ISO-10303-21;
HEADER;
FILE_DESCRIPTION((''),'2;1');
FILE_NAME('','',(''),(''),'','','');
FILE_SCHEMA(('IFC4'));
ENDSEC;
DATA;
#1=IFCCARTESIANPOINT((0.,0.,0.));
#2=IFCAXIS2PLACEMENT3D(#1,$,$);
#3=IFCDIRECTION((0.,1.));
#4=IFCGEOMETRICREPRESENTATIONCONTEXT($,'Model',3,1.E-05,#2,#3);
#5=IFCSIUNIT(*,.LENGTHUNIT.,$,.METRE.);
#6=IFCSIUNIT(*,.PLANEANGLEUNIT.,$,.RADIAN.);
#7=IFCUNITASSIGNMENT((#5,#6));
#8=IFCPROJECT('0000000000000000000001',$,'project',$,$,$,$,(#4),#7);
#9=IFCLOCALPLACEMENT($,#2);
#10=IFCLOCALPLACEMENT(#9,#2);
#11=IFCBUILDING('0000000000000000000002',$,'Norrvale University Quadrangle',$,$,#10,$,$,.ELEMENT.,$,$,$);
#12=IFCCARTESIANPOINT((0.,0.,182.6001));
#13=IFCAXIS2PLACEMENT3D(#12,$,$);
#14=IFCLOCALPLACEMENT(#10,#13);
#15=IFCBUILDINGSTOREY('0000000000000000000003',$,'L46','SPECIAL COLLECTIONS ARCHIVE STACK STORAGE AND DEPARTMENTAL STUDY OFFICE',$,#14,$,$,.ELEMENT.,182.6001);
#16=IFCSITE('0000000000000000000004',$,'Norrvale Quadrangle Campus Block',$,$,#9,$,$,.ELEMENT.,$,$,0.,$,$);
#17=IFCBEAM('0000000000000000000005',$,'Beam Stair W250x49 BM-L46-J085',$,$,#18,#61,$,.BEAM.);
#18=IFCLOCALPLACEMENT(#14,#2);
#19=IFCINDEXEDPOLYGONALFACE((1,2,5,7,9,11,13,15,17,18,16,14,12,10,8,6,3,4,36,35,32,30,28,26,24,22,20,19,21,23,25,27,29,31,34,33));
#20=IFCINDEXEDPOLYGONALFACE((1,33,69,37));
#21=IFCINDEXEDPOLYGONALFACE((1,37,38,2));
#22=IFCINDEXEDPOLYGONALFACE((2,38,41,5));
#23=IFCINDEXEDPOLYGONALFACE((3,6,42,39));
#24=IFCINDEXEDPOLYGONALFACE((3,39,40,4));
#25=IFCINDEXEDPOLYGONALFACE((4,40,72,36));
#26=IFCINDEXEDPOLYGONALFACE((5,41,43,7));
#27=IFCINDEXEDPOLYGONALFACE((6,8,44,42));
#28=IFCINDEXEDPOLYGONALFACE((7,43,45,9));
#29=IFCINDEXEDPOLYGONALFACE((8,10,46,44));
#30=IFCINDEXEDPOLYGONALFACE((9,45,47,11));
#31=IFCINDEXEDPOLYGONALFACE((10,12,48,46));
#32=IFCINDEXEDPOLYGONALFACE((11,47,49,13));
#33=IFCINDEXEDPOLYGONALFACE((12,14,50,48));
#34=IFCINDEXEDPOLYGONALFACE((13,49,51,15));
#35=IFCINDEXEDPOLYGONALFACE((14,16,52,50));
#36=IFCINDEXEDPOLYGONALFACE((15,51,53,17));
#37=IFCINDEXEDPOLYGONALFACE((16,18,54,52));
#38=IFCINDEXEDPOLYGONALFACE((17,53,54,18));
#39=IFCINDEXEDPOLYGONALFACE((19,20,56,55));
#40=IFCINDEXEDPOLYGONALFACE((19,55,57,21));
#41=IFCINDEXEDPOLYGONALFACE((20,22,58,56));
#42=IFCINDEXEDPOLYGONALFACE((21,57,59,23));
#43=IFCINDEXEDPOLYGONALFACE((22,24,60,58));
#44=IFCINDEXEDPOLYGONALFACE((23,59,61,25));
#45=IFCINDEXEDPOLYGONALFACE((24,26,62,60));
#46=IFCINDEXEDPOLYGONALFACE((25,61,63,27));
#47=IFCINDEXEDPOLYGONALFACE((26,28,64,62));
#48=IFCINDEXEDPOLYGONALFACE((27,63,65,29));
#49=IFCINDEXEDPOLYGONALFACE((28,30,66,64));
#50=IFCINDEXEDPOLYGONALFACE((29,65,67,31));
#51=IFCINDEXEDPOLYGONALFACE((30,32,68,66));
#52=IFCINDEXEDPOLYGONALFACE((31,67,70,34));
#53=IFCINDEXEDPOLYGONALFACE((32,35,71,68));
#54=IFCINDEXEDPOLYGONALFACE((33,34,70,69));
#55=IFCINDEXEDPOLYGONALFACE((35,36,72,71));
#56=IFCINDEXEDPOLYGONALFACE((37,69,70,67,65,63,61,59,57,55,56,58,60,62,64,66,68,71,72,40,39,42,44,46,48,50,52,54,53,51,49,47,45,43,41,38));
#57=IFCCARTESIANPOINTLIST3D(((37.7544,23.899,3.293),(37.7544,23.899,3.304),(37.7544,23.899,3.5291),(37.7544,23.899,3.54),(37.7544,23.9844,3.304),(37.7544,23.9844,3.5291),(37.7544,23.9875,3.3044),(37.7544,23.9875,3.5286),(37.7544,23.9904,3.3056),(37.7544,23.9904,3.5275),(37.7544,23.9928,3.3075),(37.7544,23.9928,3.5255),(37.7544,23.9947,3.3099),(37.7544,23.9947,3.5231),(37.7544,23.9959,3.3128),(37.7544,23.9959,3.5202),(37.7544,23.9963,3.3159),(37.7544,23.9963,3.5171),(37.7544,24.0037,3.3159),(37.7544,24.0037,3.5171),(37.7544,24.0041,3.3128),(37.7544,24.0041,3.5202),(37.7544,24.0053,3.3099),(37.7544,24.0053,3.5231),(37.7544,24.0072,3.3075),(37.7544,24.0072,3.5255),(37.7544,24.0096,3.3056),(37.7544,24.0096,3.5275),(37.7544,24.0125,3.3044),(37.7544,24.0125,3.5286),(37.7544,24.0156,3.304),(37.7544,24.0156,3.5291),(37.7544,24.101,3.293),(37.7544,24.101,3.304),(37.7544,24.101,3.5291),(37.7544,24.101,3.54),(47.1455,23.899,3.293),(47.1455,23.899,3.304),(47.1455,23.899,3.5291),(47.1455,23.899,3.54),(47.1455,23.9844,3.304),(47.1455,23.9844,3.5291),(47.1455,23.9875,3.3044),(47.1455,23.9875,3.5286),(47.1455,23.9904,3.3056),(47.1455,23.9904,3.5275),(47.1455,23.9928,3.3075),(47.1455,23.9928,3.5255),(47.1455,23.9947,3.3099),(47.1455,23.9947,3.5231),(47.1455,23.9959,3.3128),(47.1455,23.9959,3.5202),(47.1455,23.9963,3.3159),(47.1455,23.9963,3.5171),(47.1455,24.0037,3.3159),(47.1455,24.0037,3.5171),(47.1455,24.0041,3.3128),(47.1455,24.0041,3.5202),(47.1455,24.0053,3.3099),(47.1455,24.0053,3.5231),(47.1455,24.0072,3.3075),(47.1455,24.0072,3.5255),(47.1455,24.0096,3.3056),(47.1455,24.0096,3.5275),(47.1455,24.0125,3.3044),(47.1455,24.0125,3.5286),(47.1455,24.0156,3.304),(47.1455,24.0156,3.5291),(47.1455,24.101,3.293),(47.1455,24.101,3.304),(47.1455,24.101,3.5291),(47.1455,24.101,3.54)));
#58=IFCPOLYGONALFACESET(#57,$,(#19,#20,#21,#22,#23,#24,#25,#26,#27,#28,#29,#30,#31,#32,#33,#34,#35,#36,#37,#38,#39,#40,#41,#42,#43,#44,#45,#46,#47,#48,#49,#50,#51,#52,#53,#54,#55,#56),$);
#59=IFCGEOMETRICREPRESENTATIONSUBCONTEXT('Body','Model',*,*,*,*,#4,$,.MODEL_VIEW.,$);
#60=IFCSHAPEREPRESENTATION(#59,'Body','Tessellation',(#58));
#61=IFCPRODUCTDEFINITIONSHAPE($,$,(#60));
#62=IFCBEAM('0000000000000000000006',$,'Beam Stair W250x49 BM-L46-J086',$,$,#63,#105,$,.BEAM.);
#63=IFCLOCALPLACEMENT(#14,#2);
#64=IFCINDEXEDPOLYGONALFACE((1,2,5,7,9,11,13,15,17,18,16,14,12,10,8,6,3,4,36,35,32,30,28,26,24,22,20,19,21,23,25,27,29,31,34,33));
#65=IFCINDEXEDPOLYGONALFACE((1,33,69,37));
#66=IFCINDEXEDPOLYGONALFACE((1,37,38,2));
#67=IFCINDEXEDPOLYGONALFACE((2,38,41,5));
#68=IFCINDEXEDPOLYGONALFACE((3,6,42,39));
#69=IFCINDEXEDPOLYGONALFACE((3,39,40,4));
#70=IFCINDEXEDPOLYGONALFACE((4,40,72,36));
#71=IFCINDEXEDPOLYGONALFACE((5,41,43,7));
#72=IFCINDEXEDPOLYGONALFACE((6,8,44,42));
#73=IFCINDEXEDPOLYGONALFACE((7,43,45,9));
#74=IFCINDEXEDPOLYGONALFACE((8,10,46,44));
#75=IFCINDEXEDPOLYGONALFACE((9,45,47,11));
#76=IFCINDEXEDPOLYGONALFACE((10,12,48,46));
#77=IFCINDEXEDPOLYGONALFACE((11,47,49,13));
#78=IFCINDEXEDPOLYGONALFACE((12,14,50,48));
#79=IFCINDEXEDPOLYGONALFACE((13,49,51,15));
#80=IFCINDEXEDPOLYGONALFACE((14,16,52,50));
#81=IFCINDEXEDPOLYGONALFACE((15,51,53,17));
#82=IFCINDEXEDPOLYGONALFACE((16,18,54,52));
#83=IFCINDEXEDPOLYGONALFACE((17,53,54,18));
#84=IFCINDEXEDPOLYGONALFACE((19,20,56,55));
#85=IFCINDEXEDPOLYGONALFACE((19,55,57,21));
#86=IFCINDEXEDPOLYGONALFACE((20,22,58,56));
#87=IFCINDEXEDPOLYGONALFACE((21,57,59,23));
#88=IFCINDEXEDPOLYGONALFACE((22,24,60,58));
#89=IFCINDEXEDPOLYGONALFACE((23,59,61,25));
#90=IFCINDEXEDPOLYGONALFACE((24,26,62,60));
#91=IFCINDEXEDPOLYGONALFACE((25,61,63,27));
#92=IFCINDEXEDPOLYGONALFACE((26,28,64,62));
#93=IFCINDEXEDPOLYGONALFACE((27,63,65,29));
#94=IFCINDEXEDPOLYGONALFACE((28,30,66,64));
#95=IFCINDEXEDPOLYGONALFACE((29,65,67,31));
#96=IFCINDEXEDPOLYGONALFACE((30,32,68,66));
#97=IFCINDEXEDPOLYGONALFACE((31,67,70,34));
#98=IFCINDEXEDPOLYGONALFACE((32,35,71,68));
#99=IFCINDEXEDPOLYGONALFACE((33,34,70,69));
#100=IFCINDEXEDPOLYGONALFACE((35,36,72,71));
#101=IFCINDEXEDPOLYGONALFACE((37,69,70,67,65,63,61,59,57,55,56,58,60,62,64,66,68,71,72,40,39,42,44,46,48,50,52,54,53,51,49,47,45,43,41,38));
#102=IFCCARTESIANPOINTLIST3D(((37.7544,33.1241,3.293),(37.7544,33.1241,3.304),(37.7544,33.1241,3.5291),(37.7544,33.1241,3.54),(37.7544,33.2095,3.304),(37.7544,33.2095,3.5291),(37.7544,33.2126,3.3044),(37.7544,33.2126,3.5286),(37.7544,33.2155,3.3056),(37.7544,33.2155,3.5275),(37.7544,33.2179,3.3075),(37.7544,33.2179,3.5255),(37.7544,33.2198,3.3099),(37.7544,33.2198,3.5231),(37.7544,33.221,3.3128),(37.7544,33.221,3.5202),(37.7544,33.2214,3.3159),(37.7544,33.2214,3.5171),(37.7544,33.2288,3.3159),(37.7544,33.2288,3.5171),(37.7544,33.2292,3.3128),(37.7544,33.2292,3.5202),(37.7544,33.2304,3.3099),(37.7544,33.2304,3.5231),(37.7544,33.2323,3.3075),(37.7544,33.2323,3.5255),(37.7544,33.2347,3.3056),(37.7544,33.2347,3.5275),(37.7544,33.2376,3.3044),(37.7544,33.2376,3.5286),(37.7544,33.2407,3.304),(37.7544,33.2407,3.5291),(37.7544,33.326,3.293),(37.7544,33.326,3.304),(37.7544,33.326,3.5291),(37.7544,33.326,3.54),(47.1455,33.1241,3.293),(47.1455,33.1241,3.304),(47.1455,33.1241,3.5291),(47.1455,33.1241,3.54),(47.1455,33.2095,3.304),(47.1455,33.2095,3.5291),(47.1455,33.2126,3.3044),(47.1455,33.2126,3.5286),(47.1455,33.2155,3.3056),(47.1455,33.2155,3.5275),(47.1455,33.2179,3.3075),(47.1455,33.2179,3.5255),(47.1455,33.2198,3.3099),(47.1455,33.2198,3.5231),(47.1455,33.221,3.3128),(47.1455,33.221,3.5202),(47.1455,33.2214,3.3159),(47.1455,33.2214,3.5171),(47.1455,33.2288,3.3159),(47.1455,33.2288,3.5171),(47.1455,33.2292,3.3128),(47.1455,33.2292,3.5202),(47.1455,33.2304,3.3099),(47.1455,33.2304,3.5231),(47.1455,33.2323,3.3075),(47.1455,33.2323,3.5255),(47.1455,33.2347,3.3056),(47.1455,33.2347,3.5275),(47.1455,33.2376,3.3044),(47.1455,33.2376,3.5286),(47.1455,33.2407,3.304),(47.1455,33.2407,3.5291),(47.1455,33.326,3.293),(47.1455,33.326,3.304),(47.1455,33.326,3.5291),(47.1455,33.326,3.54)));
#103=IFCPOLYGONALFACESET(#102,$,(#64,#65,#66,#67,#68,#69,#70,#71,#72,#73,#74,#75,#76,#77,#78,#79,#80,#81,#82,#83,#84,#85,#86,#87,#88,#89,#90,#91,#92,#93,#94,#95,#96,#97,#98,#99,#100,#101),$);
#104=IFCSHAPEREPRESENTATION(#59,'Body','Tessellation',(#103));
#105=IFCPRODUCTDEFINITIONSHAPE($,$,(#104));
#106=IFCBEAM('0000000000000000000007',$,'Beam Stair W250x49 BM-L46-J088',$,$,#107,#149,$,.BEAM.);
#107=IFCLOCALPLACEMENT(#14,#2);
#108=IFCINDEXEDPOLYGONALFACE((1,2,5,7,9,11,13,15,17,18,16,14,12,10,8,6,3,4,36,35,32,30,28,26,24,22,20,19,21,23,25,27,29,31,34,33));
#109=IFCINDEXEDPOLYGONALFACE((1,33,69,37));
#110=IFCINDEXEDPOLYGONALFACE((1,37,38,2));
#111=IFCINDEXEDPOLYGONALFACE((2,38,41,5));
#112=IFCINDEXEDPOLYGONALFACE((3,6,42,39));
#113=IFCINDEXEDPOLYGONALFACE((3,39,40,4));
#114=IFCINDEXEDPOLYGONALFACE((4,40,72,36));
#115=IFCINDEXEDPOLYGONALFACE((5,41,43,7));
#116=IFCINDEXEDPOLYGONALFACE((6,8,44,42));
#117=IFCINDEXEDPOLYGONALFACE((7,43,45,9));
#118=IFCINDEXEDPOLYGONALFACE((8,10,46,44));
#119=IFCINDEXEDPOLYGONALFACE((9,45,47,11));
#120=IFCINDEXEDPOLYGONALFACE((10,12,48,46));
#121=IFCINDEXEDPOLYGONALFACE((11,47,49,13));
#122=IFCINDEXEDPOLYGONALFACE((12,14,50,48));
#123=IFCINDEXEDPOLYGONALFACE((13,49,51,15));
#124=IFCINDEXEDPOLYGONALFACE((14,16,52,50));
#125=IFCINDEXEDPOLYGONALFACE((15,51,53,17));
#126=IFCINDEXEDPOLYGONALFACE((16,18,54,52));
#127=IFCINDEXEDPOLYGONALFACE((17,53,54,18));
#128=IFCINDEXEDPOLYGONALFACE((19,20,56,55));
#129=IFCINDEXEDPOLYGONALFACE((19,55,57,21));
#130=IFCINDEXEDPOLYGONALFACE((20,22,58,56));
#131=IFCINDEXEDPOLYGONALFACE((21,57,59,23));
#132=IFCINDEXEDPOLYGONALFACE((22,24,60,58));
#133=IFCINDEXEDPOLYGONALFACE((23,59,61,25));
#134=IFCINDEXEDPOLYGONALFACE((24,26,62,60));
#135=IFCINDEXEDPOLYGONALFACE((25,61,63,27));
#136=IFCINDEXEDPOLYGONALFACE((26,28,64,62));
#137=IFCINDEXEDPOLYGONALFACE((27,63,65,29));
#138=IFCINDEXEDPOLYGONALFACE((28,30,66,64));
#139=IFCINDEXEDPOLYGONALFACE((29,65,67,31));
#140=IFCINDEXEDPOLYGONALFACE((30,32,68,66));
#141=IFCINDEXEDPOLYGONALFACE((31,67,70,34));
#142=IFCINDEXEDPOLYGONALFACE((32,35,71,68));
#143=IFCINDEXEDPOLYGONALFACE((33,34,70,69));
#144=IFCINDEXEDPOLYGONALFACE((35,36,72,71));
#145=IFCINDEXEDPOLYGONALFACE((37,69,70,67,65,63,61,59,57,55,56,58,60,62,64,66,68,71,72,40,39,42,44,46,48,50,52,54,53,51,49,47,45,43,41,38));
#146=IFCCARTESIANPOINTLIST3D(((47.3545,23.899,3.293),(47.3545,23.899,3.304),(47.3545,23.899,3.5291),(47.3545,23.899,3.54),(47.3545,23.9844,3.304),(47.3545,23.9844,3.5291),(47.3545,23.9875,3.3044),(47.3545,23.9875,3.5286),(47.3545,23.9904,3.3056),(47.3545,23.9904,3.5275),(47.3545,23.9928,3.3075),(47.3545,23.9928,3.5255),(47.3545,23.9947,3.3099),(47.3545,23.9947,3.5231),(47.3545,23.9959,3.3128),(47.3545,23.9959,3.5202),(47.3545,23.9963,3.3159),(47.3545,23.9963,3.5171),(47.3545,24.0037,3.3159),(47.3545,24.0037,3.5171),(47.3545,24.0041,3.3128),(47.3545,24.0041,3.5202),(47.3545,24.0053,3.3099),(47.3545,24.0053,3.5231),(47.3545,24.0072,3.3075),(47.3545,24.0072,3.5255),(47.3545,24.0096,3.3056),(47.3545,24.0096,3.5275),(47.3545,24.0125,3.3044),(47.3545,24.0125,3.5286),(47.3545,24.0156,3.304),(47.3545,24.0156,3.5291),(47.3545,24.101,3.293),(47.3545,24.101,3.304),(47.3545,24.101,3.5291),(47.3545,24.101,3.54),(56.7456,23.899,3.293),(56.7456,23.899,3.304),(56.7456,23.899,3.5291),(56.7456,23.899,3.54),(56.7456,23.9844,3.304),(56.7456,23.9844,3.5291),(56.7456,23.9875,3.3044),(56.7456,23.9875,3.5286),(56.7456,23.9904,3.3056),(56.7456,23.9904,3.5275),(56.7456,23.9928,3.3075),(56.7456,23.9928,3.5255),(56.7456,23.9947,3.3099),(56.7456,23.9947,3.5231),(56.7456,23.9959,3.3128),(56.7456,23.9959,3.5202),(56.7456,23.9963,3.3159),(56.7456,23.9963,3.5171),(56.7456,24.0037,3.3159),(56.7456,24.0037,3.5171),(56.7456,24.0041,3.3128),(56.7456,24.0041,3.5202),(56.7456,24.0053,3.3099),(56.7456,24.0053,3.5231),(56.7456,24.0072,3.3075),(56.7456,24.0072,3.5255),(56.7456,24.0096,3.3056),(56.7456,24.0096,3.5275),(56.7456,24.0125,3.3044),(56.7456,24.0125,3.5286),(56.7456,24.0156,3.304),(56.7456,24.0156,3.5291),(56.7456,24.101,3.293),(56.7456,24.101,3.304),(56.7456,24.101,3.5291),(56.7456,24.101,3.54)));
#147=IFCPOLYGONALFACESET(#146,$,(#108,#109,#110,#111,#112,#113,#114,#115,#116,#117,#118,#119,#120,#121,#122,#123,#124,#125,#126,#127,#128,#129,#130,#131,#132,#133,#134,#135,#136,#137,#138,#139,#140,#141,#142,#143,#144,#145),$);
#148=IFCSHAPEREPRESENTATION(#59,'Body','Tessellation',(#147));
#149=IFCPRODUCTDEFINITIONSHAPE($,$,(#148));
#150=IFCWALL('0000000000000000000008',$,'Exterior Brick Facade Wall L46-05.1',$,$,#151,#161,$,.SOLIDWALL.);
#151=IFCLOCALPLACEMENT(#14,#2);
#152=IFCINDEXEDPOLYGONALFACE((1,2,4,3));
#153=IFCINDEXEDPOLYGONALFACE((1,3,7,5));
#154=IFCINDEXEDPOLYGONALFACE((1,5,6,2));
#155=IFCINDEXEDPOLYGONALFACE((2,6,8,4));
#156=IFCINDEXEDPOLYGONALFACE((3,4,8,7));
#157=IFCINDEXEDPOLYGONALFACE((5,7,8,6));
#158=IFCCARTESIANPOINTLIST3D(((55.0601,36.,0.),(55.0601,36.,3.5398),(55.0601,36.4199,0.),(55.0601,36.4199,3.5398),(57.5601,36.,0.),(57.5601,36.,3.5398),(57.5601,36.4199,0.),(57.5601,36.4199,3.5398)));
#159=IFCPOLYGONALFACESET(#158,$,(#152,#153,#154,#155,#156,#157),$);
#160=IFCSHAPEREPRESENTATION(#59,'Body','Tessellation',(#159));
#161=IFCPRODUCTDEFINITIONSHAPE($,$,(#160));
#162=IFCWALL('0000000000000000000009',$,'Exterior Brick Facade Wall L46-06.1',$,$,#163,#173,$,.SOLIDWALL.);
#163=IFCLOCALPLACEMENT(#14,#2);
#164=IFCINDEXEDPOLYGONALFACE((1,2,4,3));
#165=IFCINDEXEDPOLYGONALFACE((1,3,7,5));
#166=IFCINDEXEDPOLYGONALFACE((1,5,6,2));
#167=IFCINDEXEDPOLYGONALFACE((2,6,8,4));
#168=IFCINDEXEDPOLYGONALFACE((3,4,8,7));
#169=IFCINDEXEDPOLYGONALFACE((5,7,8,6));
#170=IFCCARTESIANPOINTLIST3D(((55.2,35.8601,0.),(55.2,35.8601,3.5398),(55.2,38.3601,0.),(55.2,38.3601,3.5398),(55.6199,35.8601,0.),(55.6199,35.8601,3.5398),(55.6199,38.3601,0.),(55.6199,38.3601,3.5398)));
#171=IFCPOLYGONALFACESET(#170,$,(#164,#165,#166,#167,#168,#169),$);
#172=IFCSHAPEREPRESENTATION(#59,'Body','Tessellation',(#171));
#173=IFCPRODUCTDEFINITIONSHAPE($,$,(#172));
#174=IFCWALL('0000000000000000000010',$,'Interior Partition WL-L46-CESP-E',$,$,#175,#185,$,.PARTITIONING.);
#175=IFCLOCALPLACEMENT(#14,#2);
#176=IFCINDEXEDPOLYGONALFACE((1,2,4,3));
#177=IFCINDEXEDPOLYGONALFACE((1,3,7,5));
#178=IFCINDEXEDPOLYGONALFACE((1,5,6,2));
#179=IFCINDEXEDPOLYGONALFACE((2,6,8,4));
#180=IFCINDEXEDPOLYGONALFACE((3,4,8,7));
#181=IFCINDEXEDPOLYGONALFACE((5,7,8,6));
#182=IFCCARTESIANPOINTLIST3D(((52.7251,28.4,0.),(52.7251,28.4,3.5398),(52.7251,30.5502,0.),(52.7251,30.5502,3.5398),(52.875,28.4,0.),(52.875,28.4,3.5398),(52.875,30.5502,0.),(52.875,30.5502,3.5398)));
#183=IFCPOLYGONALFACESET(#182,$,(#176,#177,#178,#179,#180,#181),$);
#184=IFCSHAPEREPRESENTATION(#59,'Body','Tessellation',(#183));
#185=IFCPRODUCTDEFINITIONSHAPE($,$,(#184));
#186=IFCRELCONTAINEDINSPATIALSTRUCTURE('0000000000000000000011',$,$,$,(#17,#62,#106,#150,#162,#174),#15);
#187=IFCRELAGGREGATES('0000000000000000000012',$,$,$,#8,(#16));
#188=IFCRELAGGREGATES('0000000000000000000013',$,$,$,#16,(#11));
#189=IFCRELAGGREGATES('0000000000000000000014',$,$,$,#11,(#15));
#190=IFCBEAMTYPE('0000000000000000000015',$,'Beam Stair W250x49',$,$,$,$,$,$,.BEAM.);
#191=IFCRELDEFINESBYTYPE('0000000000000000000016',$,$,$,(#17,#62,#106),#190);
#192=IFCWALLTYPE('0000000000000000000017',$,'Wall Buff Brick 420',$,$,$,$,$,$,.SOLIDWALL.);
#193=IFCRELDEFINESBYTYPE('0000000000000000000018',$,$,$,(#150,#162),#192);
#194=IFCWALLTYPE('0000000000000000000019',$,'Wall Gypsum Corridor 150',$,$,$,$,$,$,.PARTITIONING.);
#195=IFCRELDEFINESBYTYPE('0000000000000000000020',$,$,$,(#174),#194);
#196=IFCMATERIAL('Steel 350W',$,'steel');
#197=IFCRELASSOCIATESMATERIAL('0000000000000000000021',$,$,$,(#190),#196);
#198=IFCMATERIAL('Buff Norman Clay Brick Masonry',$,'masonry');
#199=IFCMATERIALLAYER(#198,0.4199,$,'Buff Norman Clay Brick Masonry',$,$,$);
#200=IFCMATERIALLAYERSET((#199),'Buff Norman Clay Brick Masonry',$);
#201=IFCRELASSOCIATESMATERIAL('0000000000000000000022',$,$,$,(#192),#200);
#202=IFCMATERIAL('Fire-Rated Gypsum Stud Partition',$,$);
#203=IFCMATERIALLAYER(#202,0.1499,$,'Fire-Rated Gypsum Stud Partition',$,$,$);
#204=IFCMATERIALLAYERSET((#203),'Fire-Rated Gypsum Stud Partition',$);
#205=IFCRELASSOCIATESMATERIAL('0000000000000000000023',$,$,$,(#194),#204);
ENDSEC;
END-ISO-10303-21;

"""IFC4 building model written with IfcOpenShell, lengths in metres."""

from ifc_helpers import new_model, si_unit, direction, frame, frame_2d, origin, origin_2d, place, context, subcontext, project, spatial, rectangle, i_section, extrude, material, layer, layer_set, material_profile, profile_set, type_object, element, save


model = new_model("IFC4")

# Units and contexts
model_context = context("Model", 3, precision=1e-05, world=origin(), true_north=direction((0.0, 1.0)))
body_context = subcontext(model_context, "Body", "Model", "MODEL_VIEW")
ifc_project = project(units=[si_unit("LENGTHUNIT", "METRE"), si_unit("PLANEANGLEUNIT", "RADIAN")], contexts=[model_context])

# Site, building, storey
site_placement = place(None, origin())
site = spatial("IfcSite", under=ifc_project, at=site_placement, Name="Norrvale Quadrangle Campus Block", CompositionType="ELEMENT", RefElevation=0.0)
building_placement = place(site_placement, origin())
building = spatial("IfcBuilding", under=site, at=building_placement, Name="Norrvale University Quadrangle", CompositionType="ELEMENT")
storey_placement = place(building_placement, frame((0.0, 0.0, 182.6001)))
storey = spatial("IfcBuildingStorey", under=building, at=storey_placement, Name="L46", Description="SPECIAL COLLECTIONS ARCHIVE STACK STORAGE AND DEPARTMENTAL STUDY OFFICE", CompositionType="ELEMENT", Elevation=182.6001)

# Beams
ifc_material_1 = material(Name="Steel 350W", Category="steel")
ifc_material_profile_1 = material_profile(ifc_material_1, i_section(OverallWidth=0.2019, OverallDepth=0.2471, WebThickness=0.0073, FlangeThickness=0.011, FilletRadius=0.012, at=origin_2d()), Name="Steel 350W")
ifc_profile_set_1 = profile_set([ifc_material_profile_1], Name="Steel 350W")
beam_type_1 = type_object("IfcBeamType", Name="Beam Stair W250x49", PredefinedType="BEAM", material=ifc_profile_set_1)
for number, where, z_axis, x_axis, name in (
    (1, (37.7544, 24.0, 3.4165), (1.0, 0.0, 0.0), (0.0, 1.0, 0.0), "Beam Stair W250x49 BM-L46-J085"),
    (2, (37.7544, 33.2251, 3.4165), (1.0, 0.0, 0.0), (0.0, 1.0, 0.0), "Beam Stair W250x49 BM-L46-J086"),
    (3, (47.3545, 24.0, 3.4165), (1.0, 0.0, 0.0), (0.0, 1.0, 0.0), "Beam Stair W250x49 BM-L46-J088"),
):
    element("IfcBeam", number, at=place(storey_placement, frame(where, z_axis=z_axis, x_axis=x_axis)), inside=storey, type_object=beam_type_1, Name=name, PredefinedType="BEAM", context=body_context, shape_type="SweptSolid", body=[
        extrude(i_section(OverallWidth=0.2019, OverallDepth=0.2471, WebThickness=0.0073, FlangeThickness=0.011, FilletRadius=0.012, at=origin_2d()), origin(), (0.0, 0.0, 1.0), 9.3911),
    ])

# Walls
ifc_material_2 = material(Name="Buff Norman Clay Brick Masonry", Category="masonry")
ifc_layer_1 = layer(ifc_material_2, 0.4199, Name="Buff Norman Clay Brick Masonry")
ifc_layer_set_1 = layer_set([ifc_layer_1], Name="Buff Norman Clay Brick Masonry")
wall_type_1 = type_object("IfcWallType", Name="Wall Buff Brick 420", PredefinedType="SOLIDWALL", material=ifc_layer_set_1)
for number, where, z_axis, x_axis, name in (
    (4, (57.5601, 36.21, 0.0), (0.0, 0.0, 1.0), (-1.0, 0.0, 0.0), "Exterior Brick Facade Wall L46-05.1"),
    (5, (55.4099, 35.8601, 0.0), (0.0, 0.0, 1.0), (0.0, 1.0, 0.0), "Exterior Brick Facade Wall L46-06.1"),
):
    element("IfcWall", number, at=place(storey_placement, frame(where, z_axis=z_axis, x_axis=x_axis)), inside=storey, type_object=wall_type_1, Name=name, PredefinedType="SOLIDWALL", context=body_context, shape_type="SweptSolid", body=[
        extrude(rectangle(XDim=2.5, YDim=0.4199, at=frame_2d((1.25, 0.0))), origin(), (0.0, 0.0, 1.0), 3.5398),
    ])
ifc_material_3 = material(Name="Fire-Rated Gypsum Stud Partition")
ifc_layer_2 = layer(ifc_material_3, 0.1499, Name="Fire-Rated Gypsum Stud Partition")
ifc_layer_set_2 = layer_set([ifc_layer_2], Name="Fire-Rated Gypsum Stud Partition")
wall_type_2 = type_object("IfcWallType", Name="Wall Gypsum Corridor 150", PredefinedType="PARTITIONING", material=ifc_layer_set_2)
wall_1_placement = place(storey_placement, frame((52.8, 28.3999, 0.0), z_axis=(0.0, 0.0, 1.0), x_axis=(0.0, 1.0, 0.0)))
element("IfcWall", 6, at=wall_1_placement, inside=storey, type_object=wall_type_2, Name="Interior Partition WL-L46-CESP-E", PredefinedType="PARTITIONING", context=body_context, shape_type="SweptSolid", body=[
    extrude(rectangle(XDim=2.1501, YDim=0.1499, at=frame_2d((1.0752, 0.0))), origin(), (0.0, 0.0, 1.0), 3.5398),
])

save(model, "model.ifc")
